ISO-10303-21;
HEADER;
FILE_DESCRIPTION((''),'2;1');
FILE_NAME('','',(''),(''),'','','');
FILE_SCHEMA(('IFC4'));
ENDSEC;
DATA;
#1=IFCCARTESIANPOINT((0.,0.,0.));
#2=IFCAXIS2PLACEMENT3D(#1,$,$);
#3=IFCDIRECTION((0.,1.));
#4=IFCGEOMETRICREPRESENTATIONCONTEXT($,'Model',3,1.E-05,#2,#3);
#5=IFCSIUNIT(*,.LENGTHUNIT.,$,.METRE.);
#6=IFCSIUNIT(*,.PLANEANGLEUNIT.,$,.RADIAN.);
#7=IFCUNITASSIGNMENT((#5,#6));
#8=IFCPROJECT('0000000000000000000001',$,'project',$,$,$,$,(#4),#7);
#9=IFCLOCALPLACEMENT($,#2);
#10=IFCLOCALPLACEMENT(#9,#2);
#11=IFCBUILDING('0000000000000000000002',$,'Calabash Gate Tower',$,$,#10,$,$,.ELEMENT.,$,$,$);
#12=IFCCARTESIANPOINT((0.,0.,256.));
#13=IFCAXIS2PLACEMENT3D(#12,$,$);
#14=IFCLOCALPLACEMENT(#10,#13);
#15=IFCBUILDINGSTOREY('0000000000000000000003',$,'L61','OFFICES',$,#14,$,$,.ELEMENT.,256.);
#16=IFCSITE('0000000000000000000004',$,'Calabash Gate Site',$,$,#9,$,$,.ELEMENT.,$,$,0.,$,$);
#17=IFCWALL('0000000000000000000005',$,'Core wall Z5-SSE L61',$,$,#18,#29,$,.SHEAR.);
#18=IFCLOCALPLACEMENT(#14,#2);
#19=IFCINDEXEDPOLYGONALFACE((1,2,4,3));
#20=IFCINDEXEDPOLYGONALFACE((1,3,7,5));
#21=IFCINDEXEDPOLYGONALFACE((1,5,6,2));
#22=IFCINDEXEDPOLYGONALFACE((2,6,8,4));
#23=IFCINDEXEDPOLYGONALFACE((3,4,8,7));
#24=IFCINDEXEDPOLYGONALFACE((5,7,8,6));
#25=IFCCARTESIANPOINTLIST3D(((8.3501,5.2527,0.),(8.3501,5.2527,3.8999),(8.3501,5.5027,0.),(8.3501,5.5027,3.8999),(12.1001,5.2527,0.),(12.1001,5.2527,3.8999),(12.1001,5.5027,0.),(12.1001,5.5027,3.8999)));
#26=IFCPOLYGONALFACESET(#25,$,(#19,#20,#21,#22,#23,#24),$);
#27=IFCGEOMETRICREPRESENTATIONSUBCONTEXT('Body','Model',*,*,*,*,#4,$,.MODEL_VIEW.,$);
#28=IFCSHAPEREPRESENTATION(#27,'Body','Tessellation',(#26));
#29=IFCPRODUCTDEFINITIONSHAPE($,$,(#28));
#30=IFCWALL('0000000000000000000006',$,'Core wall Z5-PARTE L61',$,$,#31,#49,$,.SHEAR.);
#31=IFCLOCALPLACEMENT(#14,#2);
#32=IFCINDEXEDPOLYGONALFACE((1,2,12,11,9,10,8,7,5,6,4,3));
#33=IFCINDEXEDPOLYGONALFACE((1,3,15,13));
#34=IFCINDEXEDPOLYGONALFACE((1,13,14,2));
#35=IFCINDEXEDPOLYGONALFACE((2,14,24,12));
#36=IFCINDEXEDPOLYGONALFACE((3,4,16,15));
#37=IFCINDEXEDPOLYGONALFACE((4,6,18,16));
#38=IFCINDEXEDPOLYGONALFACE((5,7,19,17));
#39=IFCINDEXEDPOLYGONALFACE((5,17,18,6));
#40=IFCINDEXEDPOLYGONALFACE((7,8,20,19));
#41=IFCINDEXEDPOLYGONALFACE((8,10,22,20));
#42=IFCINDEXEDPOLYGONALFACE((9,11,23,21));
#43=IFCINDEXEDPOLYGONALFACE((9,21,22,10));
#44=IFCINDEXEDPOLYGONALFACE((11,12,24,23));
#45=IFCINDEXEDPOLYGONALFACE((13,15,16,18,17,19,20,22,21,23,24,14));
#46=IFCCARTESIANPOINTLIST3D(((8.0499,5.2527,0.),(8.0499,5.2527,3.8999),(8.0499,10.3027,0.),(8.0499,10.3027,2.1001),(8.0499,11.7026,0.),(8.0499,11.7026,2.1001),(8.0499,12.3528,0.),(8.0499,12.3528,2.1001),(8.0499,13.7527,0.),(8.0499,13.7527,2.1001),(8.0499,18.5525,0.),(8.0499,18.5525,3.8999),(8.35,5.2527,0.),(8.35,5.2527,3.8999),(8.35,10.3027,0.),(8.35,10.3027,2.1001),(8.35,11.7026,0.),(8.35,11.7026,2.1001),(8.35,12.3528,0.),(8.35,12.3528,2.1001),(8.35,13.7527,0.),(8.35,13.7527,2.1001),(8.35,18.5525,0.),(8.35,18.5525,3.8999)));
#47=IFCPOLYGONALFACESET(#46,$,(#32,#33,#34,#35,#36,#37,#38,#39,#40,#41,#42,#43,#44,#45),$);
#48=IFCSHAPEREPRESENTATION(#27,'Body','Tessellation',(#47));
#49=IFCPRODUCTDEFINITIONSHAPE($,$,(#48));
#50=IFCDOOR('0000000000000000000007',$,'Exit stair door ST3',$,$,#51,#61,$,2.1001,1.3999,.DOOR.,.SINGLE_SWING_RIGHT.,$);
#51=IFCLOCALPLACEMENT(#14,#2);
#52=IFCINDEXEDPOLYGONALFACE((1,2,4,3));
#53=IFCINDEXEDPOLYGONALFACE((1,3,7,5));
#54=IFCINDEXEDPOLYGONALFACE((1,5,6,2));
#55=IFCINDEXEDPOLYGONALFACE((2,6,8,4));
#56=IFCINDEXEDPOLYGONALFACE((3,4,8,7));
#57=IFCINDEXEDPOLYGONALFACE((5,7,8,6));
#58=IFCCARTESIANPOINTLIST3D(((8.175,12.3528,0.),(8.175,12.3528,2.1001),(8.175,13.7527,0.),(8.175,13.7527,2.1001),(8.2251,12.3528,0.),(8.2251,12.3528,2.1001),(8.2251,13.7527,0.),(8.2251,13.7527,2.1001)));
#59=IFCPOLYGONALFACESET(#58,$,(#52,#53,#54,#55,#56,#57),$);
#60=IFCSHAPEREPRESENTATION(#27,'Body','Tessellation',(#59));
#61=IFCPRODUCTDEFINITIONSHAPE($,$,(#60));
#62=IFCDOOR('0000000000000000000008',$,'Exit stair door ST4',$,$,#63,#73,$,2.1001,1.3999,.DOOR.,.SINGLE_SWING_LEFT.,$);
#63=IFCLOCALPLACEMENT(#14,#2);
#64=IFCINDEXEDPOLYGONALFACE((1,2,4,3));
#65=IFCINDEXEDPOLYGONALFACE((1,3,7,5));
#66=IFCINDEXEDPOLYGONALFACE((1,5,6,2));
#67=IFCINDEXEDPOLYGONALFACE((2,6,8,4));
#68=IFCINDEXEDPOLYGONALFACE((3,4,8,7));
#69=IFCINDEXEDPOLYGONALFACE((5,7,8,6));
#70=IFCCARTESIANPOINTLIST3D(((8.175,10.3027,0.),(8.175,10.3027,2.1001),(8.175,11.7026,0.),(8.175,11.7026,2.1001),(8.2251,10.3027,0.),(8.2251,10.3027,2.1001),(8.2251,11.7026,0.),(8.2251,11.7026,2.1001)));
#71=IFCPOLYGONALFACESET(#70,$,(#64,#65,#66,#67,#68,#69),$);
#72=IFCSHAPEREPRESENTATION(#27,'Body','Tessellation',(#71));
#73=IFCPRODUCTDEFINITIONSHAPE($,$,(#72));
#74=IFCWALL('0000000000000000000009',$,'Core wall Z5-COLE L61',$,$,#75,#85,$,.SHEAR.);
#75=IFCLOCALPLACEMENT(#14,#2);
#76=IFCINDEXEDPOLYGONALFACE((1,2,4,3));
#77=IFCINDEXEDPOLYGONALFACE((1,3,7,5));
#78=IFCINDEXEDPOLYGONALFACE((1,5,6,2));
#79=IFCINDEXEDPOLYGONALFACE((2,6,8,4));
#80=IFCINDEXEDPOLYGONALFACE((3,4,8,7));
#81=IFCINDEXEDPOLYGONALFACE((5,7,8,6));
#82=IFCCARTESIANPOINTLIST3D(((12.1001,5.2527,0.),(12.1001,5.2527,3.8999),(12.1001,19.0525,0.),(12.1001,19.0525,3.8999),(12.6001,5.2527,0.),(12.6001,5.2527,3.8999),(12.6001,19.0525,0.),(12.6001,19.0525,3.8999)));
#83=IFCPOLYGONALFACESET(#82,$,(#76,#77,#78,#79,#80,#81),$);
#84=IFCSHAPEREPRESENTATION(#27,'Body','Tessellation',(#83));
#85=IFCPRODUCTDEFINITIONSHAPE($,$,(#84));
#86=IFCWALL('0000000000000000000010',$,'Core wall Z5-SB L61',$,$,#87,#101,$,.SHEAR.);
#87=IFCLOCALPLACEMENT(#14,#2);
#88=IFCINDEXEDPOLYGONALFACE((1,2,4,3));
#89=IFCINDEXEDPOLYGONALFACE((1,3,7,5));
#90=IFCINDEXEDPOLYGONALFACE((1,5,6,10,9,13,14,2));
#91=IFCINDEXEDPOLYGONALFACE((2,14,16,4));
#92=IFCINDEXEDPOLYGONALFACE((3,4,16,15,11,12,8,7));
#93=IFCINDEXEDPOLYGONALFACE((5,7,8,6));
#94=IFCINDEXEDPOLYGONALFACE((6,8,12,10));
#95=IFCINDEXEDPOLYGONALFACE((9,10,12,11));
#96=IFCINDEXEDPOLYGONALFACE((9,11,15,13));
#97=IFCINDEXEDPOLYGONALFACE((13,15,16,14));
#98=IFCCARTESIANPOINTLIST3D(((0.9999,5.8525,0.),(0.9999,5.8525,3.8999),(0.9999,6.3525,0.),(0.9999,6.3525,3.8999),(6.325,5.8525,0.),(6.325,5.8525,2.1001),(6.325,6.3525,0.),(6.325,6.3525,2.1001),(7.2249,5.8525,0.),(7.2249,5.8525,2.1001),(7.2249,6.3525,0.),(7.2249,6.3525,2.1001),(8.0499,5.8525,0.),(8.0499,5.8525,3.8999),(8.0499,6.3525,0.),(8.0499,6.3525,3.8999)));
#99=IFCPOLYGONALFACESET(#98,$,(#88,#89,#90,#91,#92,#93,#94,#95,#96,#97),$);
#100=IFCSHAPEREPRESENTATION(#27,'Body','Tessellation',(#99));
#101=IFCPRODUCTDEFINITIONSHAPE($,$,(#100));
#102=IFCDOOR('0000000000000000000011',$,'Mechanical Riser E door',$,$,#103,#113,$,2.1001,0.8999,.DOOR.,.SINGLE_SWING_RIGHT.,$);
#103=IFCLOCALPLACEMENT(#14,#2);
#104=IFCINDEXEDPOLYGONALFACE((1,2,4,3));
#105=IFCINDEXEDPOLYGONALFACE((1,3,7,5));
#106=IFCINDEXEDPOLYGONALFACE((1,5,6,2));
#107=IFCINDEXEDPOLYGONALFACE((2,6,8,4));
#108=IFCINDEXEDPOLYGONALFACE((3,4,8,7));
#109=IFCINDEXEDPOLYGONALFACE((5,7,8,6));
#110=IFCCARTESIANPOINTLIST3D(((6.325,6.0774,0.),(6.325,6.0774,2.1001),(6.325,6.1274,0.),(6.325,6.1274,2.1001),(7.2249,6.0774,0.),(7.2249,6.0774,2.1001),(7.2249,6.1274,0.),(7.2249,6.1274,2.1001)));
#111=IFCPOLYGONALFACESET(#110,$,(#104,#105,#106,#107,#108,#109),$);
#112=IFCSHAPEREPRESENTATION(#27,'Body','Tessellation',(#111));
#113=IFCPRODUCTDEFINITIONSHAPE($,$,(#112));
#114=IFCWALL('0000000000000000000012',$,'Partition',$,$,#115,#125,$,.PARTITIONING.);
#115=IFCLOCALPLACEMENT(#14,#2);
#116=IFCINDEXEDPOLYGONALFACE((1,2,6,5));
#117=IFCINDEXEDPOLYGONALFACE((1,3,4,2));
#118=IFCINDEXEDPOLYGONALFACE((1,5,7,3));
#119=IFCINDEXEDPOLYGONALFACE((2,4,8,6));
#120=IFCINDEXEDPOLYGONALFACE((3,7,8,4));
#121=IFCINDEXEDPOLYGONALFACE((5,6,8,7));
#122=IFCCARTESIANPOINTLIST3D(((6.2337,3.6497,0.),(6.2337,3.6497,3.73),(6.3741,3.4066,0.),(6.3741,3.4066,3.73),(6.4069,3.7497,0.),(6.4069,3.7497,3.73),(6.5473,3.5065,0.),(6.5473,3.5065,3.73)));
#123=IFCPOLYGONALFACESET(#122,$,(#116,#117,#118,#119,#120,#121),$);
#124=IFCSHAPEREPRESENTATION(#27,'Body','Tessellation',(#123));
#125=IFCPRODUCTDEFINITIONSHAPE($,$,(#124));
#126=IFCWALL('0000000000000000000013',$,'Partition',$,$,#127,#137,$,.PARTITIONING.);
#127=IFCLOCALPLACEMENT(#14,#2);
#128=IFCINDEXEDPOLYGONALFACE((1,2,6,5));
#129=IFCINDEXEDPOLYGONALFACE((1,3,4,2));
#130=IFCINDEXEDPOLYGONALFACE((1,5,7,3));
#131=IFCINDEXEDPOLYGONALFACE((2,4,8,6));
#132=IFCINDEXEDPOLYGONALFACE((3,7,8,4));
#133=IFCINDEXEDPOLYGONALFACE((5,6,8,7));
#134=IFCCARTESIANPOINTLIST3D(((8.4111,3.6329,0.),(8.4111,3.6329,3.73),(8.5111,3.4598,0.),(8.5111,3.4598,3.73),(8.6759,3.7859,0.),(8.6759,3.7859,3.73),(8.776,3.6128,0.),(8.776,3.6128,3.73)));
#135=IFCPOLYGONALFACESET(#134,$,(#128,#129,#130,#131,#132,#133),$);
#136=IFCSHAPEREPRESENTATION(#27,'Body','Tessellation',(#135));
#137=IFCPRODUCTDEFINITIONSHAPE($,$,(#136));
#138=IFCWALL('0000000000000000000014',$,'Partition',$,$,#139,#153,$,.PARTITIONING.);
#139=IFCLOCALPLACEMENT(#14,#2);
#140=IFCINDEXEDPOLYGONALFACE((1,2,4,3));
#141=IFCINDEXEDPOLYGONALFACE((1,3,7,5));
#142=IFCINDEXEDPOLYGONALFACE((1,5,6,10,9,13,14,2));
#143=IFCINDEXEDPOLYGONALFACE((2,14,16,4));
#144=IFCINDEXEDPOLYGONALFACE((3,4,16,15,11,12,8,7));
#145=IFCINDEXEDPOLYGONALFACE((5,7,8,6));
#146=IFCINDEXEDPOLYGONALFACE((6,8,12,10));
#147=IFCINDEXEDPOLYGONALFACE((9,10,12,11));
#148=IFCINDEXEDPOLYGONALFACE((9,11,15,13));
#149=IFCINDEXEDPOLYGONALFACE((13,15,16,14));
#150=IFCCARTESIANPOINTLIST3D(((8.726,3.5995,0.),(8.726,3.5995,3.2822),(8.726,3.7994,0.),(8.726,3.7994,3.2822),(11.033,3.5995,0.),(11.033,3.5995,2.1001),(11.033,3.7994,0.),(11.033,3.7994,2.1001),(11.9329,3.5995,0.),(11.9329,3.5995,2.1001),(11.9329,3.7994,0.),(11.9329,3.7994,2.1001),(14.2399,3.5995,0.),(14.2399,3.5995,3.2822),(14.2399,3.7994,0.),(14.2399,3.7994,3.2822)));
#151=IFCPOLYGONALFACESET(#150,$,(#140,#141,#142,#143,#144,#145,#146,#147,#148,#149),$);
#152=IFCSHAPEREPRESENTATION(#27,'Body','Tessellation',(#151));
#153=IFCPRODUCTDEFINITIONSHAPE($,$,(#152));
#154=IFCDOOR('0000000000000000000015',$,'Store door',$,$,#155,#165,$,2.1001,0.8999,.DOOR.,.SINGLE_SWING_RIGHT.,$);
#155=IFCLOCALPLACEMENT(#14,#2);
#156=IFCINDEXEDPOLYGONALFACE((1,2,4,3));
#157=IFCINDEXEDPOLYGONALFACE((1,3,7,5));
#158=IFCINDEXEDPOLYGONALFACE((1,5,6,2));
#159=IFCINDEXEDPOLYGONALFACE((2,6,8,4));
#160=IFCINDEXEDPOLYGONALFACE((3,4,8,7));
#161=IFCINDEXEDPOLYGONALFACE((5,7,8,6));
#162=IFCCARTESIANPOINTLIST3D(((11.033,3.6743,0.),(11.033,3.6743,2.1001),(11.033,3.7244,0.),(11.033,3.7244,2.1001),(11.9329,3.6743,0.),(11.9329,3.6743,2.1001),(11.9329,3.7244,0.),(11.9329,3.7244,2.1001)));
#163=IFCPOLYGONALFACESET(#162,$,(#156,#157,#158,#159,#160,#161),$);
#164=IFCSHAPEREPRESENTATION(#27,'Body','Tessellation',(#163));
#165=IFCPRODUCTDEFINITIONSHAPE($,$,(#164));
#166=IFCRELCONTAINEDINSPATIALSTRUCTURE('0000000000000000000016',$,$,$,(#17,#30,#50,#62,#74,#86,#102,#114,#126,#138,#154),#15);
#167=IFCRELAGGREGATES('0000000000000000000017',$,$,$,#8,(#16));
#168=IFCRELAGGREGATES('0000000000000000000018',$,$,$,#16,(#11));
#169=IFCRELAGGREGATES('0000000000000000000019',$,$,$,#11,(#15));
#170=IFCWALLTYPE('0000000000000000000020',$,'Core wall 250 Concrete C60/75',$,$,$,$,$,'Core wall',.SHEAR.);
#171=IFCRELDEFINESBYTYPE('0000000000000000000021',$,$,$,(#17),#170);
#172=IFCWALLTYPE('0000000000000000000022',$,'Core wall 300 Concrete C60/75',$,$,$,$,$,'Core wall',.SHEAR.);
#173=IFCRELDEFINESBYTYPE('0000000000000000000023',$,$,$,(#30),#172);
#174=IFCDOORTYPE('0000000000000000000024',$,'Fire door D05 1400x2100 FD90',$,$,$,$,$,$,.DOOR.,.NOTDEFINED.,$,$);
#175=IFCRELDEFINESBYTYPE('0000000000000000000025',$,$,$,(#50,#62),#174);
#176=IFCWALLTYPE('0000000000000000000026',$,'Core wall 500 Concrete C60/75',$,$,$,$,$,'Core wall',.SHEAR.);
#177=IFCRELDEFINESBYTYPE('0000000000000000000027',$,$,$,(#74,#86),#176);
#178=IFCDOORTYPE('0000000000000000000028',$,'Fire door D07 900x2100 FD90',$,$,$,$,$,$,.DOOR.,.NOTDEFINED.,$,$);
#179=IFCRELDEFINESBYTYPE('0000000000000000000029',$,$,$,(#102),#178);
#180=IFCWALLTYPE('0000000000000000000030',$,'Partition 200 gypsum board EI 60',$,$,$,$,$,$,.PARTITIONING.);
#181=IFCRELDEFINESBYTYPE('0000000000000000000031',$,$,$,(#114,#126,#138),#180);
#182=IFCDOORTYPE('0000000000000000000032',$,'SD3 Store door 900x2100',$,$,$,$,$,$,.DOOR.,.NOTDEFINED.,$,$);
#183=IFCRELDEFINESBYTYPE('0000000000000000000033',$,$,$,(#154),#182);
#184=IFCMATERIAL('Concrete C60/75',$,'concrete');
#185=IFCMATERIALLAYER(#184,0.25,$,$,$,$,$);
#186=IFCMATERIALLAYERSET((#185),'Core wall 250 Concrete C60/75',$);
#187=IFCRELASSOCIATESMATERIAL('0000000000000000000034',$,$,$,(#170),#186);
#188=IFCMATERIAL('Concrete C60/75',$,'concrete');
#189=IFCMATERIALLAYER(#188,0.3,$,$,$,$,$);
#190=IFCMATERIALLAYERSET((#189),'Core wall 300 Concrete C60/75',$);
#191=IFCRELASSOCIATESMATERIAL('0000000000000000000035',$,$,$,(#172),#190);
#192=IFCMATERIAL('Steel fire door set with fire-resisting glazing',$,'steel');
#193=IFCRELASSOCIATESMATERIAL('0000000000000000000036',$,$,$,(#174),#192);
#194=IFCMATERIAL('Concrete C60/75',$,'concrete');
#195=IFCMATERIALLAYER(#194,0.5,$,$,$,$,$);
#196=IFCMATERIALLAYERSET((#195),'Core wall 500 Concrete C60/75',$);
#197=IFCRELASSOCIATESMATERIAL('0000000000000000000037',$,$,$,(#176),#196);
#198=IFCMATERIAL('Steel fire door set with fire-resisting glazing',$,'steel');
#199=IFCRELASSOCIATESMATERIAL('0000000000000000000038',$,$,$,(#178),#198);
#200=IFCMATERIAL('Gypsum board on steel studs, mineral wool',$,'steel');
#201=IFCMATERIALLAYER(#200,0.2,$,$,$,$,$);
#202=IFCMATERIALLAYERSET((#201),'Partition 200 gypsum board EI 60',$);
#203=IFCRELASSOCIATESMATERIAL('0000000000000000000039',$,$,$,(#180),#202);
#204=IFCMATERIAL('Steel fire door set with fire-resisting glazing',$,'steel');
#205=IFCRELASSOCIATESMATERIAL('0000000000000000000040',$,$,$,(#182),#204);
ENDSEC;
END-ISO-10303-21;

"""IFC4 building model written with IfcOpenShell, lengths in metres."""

from ifc_helpers import new_model, si_unit, direction, frame, frame_2d, origin, place, context, subcontext, project, spatial, rectangle, extrude, material, layer, layer_set, type_object, element, fill, save


model = new_model("IFC4")

# Units and contexts
model_context = context("Model", 3, precision=1e-05, world=origin(), true_north=direction((0.0, 1.0)))
body_context = subcontext(model_context, "Body", "Model", "MODEL_VIEW")
ifc_project = project(units=[si_unit("LENGTHUNIT", "METRE"), si_unit("PLANEANGLEUNIT", "RADIAN")], contexts=[model_context])

# Site, building, storey
site_placement = place(None, origin())
site = spatial("IfcSite", under=ifc_project, at=site_placement, Name="Calabash Gate Site", CompositionType="ELEMENT", RefElevation=0.0)
building_placement = place(site_placement, origin())
building = spatial("IfcBuilding", under=site, at=building_placement, Name="Calabash Gate Tower", CompositionType="ELEMENT")
storey_placement = place(building_placement, frame((0.0, 0.0, 256.0)))
storey = spatial("IfcBuildingStorey", under=building, at=storey_placement, Name="L61", Description="OFFICES", CompositionType="ELEMENT", Elevation=256.0)

# Wall
ifc_material_1 = material(Name="Concrete C60/75", Category="concrete")
ifc_layer_1 = layer(ifc_material_1, 0.25)
ifc_layer_set_1 = layer_set([ifc_layer_1], Name="Core wall 250 Concrete C60/75")
wall_type_1 = type_object("IfcWallType", Name="Core wall 250 Concrete C60/75", ElementType="Core wall", PredefinedType="SHEAR", material=ifc_layer_set_1)
wall_1_placement = place(storey_placement, frame((8.3501, 5.3777, 0.0), z_axis=(0.0, 0.0, 1.0), x_axis=(1.0, 0.0, 0.0)))
element("IfcWall", 1, at=wall_1_placement, inside=storey, type_object=wall_type_1, Name="Core wall Z5-SSE L61", PredefinedType="SHEAR", context=body_context, shape_type="SweptSolid", body=[
    extrude(rectangle(XDim=3.75, YDim=0.25, at=frame_2d((1.875, 0.0))), origin(), (0.0, 0.0, 1.0), 3.8999),
])

# Wall, openings, doors
ifc_material_2 = material(Name="Concrete C60/75", Category="concrete")
ifc_layer_2 = layer(ifc_material_2, 0.3)
ifc_layer_set_2 = layer_set([ifc_layer_2], Name="Core wall 300 Concrete C60/75")
wall_type_2 = type_object("IfcWallType", Name="Core wall 300 Concrete C60/75", ElementType="Core wall", PredefinedType="SHEAR", material=ifc_layer_set_2)
wall_2_placement = place(storey_placement, frame((8.2, 5.2527, 0.0), z_axis=(0.0, 0.0, 1.0), x_axis=(0.0, 1.0, 0.0)))
wall_2 = element("IfcWall", 2, at=wall_2_placement, inside=storey, type_object=wall_type_2, Name="Core wall Z5-PARTE L61", PredefinedType="SHEAR", context=body_context, shape_type="SweptSolid", body=[
    extrude(rectangle(XDim=13.2998, YDim=0.3, at=frame_2d((6.6499, 0.0))), origin(), (0.0, 0.0, 1.0), 3.8999),
])
opening_1_placement = place(wall_2_placement, frame((7.1001, 0.0, 0.0)))
opening_1 = element("IfcOpeningElement", 3, at=opening_1_placement, cuts=wall_2, PredefinedType="OPENING", context=body_context, shape_type="SweptSolid", body=[
    extrude(rectangle(XDim=1.3999, YDim=2.1001, at=frame_2d((0.7, 1.05))), frame((0.0, 0.1599, 0.0), z_axis=(0.0, -1.0, 0.0), x_axis=(1.0, 0.0, 0.0)), (0.0, 0.0, 1.0), 0.3201),
])
opening_2_placement = place(wall_2_placement, frame((5.05, 0.0, 0.0)))
opening_2 = element("IfcOpeningElement", 4, at=opening_2_placement, cuts=wall_2, PredefinedType="OPENING", context=body_context, shape_type="SweptSolid", body=[
    extrude(rectangle(XDim=1.3999, YDim=2.1001, at=frame_2d((0.7, 1.05))), frame((0.0, 0.1599, 0.0), z_axis=(0.0, -1.0, 0.0), x_axis=(1.0, 0.0, 0.0)), (0.0, 0.0, 1.0), 0.3201),
])
ifc_material_3 = material(Name="Steel fire door set with fire-resisting glazing", Category="steel")
door_type_1 = type_object("IfcDoorType", Name="Fire door D05 1400x2100 FD90", OperationType="NOTDEFINED", PredefinedType="DOOR", material=ifc_material_3)
door_1_placement = place(opening_1_placement, origin())
door_1 = element("IfcDoor", 5, at=door_1_placement, inside=storey, type_object=door_type_1, Name="Exit stair door ST3", OperationType="SINGLE_SWING_RIGHT", OverallHeight=2.1001, OverallWidth=1.3999, PredefinedType="DOOR", context=body_context, shape_type="SweptSolid", body=[
    extrude(rectangle(XDim=1.3999, YDim=2.1001, at=frame_2d((0.7, 1.05))), frame((0.0, 0.0249, 0.0), z_axis=(0.0, -1.0, 0.0), x_axis=(1.0, 0.0, 0.0)), (0.0, 0.0, 1.0), 0.05),
])
fill(opening_1, door_1)
door_2_placement = place(opening_2_placement, origin())
door_2 = element("IfcDoor", 6, at=door_2_placement, inside=storey, type_object=door_type_1, Name="Exit stair door ST4", OperationType="SINGLE_SWING_LEFT", OverallHeight=2.1001, OverallWidth=1.3999, PredefinedType="DOOR", context=body_context, shape_type="SweptSolid", body=[
    extrude(rectangle(XDim=1.3999, YDim=2.1001, at=frame_2d((0.7, 1.05))), frame((0.0, 0.0249, 0.0), z_axis=(0.0, -1.0, 0.0), x_axis=(1.0, 0.0, 0.0)), (0.0, 0.0, 1.0), 0.05),
])
fill(opening_2, door_2)

# Wall
ifc_material_4 = material(Name="Concrete C60/75", Category="concrete")
ifc_layer_3 = layer(ifc_material_4, 0.5)
ifc_layer_set_3 = layer_set([ifc_layer_3], Name="Core wall 500 Concrete C60/75")
wall_type_3 = type_object("IfcWallType", Name="Core wall 500 Concrete C60/75", ElementType="Core wall", PredefinedType="SHEAR", material=ifc_layer_set_3)
wall_3_placement = place(storey_placement, frame((12.3501, 5.2527, 0.0), z_axis=(0.0, 0.0, 1.0), x_axis=(0.0, 1.0, 0.0)))
element("IfcWall", 7, at=wall_3_placement, inside=storey, type_object=wall_type_3, Name="Core wall Z5-COLE L61", PredefinedType="SHEAR", context=body_context, shape_type="SweptSolid", body=[
    extrude(rectangle(XDim=13.7998, YDim=0.5, at=frame_2d((6.8999, 0.0))), origin(), (0.0, 0.0, 1.0), 3.8999),
])

# Wall, opening, door
wall_4_placement = place(storey_placement, frame((1.0, 6.1025, 0.0), z_axis=(0.0, 0.0, 1.0), x_axis=(1.0, 0.0, 0.0)))
wall_4 = element("IfcWall", 8, at=wall_4_placement, inside=storey, type_object=wall_type_3, Name="Core wall Z5-SB L61", PredefinedType="SHEAR", context=body_context, shape_type="SweptSolid", body=[
    extrude(rectangle(XDim=7.05, YDim=0.5, at=frame_2d((3.5249, 0.0))), origin(), (0.0, 0.0, 1.0), 3.8999),
])
opening_3_placement = place(wall_4_placement, frame((5.325, 0.0, 0.0)))
opening_3 = element("IfcOpeningElement", 9, at=opening_3_placement, cuts=wall_4, PredefinedType="OPENING", context=body_context, shape_type="SweptSolid", body=[
    extrude(rectangle(XDim=0.8999, YDim=2.1001, at=frame_2d((0.45, 1.05))), frame((0.0, 0.26, 0.0), z_axis=(0.0, -1.0, 0.0), x_axis=(1.0, 0.0, 0.0)), (0.0, 0.0, 1.0), 0.52),
])
ifc_material_5 = material(Name="Steel fire door set with fire-resisting glazing", Category="steel")
door_type_2 = type_object("IfcDoorType", Name="Fire door D07 900x2100 FD90", OperationType="NOTDEFINED", PredefinedType="DOOR", material=ifc_material_5)
door_3_placement = place(opening_3_placement, origin())
door_3 = element("IfcDoor", 10, at=door_3_placement, inside=storey, type_object=door_type_2, Name="Mechanical Riser E door", OperationType="SINGLE_SWING_RIGHT", OverallHeight=2.1001, OverallWidth=0.8999, PredefinedType="DOOR", context=body_context, shape_type="SweptSolid", body=[
    extrude(rectangle(XDim=0.8999, YDim=2.1001, at=frame_2d((0.45, 1.05))), frame((0.0, 0.0249, 0.0), z_axis=(0.0, -1.0, 0.0), x_axis=(1.0, 0.0, 0.0)), (0.0, 0.0, 1.0), 0.05),
])
fill(opening_3, door_3)

# Walls
ifc_material_6 = material(Name="Gypsum board on steel studs, mineral wool", Category="steel")
ifc_layer_4 = layer(ifc_material_6, 0.2)
ifc_layer_set_4 = layer_set([ifc_layer_4], Name="Partition 200 gypsum board EI 60")
wall_type_4 = type_object("IfcWallType", Name="Partition 200 gypsum board EI 60", PredefinedType="PARTITIONING", material=ifc_layer_set_4)
wall_5_placement = place(storey_placement, frame((6.3203, 3.6997, 0.0), z_axis=(0.0, 0.0, 1.0), x_axis=(0.499973, -0.866041, 0.0)))
element("IfcWall", 11, at=wall_5_placement, inside=storey, type_object=wall_type_4, Name="Partition", PredefinedType="PARTITIONING", context=body_context, shape_type="SweptSolid", body=[
    extrude(rectangle(XDim=0.2808, YDim=0.2, at=frame_2d((0.1404, 0.0))), origin(), (0.0, 0.0, 1.0), 3.73),
])
wall_6_placement = place(storey_placement, frame((8.4612, 3.5464, 0.0), z_axis=(0.0, 0.0, 1.0), x_axis=(0.865827, 0.500344, 0.0)))
element("IfcWall", 12, at=wall_6_placement, inside=storey, type_object=wall_type_4, Name="Partition", PredefinedType="PARTITIONING", context=body_context, shape_type="SweptSolid", body=[
    extrude(rectangle(XDim=0.3059, YDim=0.2, at=frame_2d((0.1528, 0.0))), origin(), (0.0, 0.0, 1.0), 3.73),
])

# Wall, opening, door
wall_7_placement = place(storey_placement, frame((8.7261, 3.6995, 0.0), z_axis=(0.0, 0.0, 1.0), x_axis=(1.0, 0.0, 0.0)))
wall_7 = element("IfcWall", 13, at=wall_7_placement, inside=storey, type_object=wall_type_4, Name="Partition", PredefinedType="PARTITIONING", context=body_context, shape_type="SweptSolid", body=[
    extrude(rectangle(XDim=5.5139, YDim=0.2, at=frame_2d((2.7568, 0.0))), origin(), (0.0, 0.0, 1.0), 3.2822),
])
opening_4_placement = place(wall_7_placement, frame((2.3069, 0.0, 0.0)))
opening_4 = element("IfcOpeningElement", 14, at=opening_4_placement, cuts=wall_7, PredefinedType="OPENING", context=body_context, shape_type="SweptSolid", body=[
    extrude(rectangle(XDim=0.8999, YDim=2.1001, at=frame_2d((0.45, 1.05))), frame((0.0, 0.1099, 0.0), z_axis=(0.0, -1.0, 0.0), x_axis=(1.0, 0.0, 0.0)), (0.0, 0.0, 1.0), 0.22),
])
ifc_material_7 = material(Name="Steel fire door set with fire-resisting glazing", Category="steel")
door_type_3 = type_object("IfcDoorType", Name="SD3 Store door 900x2100", OperationType="NOTDEFINED", PredefinedType="DOOR", material=ifc_material_7)
door_4_placement = place(opening_4_placement, origin())
door_4 = element("IfcDoor", 15, at=door_4_placement, inside=storey, type_object=door_type_3, Name="Store door", OperationType="SINGLE_SWING_RIGHT", OverallHeight=2.1001, OverallWidth=0.8999, PredefinedType="DOOR", context=body_context, shape_type="SweptSolid", body=[
    extrude(rectangle(XDim=0.8999, YDim=2.1001, at=frame_2d((0.45, 1.05))), frame((0.0, 0.0249, 0.0), z_axis=(0.0, -1.0, 0.0), x_axis=(1.0, 0.0, 0.0)), (0.0, 0.0, 1.0), 0.05),
])
fill(opening_4, door_4)

save(model, "model.ifc")
